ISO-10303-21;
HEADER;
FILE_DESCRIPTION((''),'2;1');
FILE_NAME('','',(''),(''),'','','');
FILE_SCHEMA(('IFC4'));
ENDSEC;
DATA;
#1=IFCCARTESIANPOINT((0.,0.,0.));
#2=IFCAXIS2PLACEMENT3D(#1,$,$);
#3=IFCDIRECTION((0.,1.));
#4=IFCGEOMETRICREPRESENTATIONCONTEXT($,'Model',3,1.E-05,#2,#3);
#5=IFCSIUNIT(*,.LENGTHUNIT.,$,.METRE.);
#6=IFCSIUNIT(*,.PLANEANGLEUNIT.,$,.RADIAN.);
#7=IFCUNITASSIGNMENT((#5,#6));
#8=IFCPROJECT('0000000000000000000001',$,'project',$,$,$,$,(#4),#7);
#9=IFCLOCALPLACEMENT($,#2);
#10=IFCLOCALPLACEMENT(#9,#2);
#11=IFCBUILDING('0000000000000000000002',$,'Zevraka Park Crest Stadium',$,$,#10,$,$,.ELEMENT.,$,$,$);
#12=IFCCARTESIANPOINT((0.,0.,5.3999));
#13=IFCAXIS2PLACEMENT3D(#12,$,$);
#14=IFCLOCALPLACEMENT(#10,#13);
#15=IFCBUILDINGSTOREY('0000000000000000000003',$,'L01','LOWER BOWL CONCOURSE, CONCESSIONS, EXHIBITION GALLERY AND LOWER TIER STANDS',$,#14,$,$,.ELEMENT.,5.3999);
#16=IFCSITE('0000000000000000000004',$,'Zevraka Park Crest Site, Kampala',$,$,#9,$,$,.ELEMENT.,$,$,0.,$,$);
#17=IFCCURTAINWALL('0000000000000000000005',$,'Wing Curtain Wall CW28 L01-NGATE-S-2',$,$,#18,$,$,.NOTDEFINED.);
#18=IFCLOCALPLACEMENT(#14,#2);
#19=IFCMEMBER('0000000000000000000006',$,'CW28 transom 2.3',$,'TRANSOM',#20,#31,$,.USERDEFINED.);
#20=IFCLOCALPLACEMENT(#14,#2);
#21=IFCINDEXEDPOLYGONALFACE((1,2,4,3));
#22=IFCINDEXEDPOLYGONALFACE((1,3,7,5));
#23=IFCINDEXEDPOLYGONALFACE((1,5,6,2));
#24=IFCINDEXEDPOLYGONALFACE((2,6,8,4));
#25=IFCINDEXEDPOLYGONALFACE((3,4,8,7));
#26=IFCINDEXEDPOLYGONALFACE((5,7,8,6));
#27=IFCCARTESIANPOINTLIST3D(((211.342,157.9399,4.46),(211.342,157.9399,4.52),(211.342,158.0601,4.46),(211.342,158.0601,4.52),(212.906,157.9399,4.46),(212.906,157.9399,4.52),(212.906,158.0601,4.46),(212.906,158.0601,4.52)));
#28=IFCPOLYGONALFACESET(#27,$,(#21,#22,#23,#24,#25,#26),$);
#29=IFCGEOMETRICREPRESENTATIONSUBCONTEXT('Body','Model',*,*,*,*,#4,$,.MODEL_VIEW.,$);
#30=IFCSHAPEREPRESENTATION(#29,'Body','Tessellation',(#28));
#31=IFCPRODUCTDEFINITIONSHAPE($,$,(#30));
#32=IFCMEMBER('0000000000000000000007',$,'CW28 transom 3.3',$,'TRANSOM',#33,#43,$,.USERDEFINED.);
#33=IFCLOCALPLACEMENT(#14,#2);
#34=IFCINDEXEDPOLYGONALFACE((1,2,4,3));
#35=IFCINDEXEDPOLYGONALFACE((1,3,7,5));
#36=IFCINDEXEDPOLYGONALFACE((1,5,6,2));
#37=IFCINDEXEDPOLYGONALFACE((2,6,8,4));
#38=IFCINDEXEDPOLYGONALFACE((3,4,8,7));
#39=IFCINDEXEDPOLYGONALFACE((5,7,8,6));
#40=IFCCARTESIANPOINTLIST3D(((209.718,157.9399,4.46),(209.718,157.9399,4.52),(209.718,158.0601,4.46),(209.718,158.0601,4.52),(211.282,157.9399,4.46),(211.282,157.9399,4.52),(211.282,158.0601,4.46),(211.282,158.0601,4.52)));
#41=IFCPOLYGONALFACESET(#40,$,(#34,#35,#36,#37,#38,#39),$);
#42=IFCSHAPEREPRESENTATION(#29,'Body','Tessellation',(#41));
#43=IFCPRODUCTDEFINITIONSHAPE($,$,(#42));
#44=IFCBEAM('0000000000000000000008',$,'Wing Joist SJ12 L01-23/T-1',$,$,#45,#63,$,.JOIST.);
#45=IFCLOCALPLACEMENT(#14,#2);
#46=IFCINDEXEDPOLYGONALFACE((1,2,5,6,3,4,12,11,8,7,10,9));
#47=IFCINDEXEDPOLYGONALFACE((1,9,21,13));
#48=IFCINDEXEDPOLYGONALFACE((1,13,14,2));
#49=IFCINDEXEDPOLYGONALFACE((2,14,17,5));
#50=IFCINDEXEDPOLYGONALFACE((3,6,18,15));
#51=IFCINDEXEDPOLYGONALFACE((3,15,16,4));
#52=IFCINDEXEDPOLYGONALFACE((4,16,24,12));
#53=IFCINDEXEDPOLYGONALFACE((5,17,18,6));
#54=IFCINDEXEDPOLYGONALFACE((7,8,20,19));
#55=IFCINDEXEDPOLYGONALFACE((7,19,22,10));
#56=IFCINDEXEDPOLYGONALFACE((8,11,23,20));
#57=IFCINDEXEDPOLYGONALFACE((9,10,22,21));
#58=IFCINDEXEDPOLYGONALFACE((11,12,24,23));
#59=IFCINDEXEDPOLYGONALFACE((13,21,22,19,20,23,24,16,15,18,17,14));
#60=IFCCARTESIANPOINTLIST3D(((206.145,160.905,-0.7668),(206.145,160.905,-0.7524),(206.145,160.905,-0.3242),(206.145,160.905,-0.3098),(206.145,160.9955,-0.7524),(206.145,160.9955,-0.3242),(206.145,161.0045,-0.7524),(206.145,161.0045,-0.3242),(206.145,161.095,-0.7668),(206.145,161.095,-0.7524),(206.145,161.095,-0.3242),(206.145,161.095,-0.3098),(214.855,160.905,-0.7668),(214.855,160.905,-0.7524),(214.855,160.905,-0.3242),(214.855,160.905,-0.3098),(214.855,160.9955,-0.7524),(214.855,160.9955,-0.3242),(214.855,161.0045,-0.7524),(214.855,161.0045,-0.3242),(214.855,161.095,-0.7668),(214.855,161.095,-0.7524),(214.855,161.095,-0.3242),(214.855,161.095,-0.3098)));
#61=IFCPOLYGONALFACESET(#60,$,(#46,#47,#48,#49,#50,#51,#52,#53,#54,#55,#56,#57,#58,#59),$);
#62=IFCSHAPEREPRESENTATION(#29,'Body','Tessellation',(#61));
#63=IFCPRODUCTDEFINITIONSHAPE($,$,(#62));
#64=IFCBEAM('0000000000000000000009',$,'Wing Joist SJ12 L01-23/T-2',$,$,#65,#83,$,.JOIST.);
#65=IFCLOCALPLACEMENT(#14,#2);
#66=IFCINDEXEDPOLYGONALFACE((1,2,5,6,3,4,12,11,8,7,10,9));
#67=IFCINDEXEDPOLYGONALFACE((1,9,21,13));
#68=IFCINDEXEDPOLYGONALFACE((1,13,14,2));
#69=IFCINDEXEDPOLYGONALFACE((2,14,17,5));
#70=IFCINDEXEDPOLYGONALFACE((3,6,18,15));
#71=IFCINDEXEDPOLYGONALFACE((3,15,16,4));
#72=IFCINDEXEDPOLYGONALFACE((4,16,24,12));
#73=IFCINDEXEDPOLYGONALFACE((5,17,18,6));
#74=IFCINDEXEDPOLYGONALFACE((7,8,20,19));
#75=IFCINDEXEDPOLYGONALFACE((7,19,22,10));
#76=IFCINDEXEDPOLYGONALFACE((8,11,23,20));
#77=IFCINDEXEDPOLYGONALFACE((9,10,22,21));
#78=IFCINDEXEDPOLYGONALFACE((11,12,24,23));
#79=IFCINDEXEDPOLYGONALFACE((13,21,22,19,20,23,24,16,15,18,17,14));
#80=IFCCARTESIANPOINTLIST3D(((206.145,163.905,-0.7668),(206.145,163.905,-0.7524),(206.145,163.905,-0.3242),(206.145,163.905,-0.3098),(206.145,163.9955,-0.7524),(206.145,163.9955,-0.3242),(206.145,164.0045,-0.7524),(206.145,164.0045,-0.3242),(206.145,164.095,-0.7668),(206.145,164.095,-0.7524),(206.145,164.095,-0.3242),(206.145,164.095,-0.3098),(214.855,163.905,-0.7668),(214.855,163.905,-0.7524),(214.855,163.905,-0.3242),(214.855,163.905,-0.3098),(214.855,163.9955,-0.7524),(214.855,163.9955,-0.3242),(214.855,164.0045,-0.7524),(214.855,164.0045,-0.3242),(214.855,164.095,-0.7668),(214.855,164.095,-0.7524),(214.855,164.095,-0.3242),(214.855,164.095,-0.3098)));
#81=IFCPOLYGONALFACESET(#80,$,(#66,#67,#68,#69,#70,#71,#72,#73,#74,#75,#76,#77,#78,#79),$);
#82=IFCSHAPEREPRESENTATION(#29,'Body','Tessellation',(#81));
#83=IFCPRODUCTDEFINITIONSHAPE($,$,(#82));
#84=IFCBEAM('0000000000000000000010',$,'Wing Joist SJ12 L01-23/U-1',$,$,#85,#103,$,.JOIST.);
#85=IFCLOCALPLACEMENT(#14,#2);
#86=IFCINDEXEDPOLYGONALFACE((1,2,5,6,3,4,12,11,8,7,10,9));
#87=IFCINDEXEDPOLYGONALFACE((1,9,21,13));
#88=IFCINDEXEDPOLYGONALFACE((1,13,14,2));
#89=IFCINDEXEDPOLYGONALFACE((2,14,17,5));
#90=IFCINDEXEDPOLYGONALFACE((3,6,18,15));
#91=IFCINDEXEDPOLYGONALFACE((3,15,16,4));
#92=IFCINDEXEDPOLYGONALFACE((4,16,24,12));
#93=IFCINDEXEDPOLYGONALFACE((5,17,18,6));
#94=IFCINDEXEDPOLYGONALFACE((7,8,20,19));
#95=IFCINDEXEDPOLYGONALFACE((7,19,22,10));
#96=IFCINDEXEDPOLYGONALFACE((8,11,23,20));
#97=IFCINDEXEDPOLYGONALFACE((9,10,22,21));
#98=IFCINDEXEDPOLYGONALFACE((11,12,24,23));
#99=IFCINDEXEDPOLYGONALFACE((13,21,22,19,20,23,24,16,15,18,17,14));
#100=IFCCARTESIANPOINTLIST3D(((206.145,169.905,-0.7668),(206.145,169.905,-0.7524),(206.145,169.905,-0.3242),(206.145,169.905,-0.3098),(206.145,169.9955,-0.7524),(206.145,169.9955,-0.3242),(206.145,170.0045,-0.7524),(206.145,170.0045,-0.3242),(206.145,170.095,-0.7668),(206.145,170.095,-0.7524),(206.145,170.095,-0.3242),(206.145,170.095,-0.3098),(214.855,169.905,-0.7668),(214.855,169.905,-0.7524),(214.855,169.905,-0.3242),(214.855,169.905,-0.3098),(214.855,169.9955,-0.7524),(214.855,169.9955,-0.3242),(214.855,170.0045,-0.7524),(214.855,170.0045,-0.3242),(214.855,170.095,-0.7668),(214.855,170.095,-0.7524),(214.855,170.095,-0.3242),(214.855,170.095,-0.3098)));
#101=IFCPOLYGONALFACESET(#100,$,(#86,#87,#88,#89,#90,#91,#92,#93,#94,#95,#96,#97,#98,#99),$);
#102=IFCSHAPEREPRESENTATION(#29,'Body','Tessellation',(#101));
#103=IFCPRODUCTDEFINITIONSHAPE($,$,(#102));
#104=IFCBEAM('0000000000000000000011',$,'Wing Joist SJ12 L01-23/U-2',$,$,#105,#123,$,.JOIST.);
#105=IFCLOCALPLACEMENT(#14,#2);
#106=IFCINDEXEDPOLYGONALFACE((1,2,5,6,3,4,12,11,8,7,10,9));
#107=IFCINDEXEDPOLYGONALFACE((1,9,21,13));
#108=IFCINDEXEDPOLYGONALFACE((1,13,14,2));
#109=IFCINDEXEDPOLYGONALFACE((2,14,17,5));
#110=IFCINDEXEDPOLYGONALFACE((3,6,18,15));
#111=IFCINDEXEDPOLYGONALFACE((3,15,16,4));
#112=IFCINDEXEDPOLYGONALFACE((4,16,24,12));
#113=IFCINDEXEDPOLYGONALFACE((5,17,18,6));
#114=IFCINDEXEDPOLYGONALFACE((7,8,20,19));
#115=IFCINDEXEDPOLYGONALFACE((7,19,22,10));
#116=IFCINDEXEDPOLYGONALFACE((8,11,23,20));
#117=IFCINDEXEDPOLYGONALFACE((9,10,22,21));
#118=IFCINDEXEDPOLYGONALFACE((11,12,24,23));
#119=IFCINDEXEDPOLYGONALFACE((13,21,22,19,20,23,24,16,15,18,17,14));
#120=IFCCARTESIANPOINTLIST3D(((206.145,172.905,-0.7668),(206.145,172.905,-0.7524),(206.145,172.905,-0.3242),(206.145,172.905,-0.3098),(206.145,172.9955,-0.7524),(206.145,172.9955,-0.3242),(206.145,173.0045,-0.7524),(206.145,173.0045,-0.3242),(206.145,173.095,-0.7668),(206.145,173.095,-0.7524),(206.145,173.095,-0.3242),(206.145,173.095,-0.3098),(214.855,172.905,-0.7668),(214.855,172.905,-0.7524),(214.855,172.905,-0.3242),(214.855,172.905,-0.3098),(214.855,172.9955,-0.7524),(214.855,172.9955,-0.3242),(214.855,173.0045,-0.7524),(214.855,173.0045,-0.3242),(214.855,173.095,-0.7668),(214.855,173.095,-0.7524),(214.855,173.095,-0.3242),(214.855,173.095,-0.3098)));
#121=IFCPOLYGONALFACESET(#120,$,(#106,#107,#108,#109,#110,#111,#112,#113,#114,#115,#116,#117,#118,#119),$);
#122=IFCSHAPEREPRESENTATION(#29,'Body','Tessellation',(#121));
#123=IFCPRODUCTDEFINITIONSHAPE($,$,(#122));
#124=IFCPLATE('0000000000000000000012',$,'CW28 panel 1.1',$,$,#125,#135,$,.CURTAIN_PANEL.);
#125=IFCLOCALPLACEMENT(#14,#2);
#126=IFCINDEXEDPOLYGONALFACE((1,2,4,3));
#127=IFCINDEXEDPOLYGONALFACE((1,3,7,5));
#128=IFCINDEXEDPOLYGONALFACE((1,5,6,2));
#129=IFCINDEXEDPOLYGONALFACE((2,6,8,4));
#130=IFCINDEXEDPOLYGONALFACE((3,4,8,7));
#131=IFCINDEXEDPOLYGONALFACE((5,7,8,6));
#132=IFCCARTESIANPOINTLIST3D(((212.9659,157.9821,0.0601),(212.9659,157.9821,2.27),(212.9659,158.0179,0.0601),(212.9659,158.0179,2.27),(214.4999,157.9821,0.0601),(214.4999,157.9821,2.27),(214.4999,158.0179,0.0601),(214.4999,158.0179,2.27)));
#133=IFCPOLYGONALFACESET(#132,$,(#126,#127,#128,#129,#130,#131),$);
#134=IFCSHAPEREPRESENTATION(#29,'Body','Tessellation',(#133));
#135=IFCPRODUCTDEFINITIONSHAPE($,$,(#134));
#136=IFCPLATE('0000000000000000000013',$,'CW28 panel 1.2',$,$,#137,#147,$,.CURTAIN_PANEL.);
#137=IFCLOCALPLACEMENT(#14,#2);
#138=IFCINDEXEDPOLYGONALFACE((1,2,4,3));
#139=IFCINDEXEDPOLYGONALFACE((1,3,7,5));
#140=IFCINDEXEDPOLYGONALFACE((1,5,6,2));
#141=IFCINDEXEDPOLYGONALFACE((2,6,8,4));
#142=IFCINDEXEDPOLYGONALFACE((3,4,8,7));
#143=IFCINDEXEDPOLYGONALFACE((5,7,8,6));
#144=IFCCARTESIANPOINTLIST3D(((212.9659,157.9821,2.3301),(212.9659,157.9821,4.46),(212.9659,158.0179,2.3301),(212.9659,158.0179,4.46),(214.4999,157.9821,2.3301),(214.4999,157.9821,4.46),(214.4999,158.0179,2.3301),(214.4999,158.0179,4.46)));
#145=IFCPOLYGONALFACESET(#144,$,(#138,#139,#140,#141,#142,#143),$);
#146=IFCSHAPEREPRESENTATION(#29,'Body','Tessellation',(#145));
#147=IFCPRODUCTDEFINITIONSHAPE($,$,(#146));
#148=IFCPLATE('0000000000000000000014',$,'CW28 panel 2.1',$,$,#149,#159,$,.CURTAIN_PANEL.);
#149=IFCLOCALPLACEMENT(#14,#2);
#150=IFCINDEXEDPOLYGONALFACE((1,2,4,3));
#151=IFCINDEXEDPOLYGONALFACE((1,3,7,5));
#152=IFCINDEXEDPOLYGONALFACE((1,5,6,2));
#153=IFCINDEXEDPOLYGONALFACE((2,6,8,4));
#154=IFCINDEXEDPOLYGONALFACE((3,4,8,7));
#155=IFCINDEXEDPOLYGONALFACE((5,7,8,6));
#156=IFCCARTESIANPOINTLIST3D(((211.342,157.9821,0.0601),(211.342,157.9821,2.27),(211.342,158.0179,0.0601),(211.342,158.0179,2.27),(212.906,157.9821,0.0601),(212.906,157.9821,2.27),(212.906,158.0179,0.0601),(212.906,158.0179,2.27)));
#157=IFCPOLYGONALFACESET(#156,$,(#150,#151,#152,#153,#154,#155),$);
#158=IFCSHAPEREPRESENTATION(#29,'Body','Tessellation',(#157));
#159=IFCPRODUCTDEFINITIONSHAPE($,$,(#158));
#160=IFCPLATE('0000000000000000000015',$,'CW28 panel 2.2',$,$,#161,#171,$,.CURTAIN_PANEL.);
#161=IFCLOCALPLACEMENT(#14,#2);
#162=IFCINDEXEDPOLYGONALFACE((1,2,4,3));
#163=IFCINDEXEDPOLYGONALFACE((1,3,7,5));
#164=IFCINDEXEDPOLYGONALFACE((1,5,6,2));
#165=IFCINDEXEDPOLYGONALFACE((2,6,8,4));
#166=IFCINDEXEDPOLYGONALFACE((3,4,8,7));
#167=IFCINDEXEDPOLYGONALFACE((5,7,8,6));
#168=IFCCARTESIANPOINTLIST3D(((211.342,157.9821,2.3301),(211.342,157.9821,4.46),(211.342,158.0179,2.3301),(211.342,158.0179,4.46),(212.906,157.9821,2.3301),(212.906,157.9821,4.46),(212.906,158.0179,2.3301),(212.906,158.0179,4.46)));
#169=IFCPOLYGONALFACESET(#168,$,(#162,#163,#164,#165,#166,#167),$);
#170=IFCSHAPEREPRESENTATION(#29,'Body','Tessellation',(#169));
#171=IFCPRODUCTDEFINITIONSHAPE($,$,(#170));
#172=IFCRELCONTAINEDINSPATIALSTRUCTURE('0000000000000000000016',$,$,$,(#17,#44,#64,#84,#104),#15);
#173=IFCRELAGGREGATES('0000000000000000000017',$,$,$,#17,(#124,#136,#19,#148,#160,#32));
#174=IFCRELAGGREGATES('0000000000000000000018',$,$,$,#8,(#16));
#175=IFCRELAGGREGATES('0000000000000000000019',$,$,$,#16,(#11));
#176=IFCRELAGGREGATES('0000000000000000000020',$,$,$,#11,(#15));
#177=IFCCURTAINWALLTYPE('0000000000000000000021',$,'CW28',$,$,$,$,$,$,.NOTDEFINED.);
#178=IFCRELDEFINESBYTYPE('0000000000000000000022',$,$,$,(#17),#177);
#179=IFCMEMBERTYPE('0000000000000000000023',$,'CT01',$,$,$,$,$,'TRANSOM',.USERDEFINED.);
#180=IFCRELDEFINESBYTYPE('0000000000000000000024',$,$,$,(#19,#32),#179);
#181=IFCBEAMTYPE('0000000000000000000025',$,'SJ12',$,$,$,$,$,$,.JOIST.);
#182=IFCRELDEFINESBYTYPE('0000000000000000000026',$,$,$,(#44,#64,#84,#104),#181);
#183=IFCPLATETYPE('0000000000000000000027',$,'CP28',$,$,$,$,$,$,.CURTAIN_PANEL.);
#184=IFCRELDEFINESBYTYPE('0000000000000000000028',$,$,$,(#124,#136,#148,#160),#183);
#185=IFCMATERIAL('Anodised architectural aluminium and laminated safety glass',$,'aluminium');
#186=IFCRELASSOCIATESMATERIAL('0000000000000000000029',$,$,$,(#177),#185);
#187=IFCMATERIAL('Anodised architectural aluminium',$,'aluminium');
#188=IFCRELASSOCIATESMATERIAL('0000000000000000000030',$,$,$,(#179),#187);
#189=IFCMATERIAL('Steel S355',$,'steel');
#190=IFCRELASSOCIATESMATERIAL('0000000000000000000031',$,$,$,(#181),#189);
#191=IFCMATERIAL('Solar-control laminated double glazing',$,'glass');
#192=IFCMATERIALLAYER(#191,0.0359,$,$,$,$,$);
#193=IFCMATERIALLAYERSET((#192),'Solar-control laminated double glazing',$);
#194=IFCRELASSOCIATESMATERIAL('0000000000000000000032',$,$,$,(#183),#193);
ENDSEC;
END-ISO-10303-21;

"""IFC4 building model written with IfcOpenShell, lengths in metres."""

from ifc_helpers import new_model, si_unit, direction, frame, origin, origin_2d, place, context, subcontext, project, spatial, rectangle, i_section, extrude, material, layer, layer_set, material_profile, profile_set, type_object, element, aggregate, save


model = new_model("IFC4")

# Units and contexts
model_context = context("Model", 3, precision=1e-05, world=origin(), true_north=direction((0.0, 1.0)))
body_context = subcontext(model_context, "Body", "Model", "MODEL_VIEW")
ifc_project = project(units=[si_unit("LENGTHUNIT", "METRE"), si_unit("PLANEANGLEUNIT", "RADIAN")], contexts=[model_context])

# Site, building, storey
site_placement = place(None, origin())
site = spatial("IfcSite", under=ifc_project, at=site_placement, Name="Zevraka Park Crest Site, Kampala", CompositionType="ELEMENT", RefElevation=0.0)
building_placement = place(site_placement, origin())
building = spatial("IfcBuilding", under=site, at=building_placement, Name="Zevraka Park Crest Stadium", CompositionType="ELEMENT")
storey_placement = place(building_placement, frame((0.0, 0.0, 5.3999)))
storey = spatial("IfcBuildingStorey", under=building, at=storey_placement, Name="L01", Description="LOWER BOWL CONCOURSE, CONCESSIONS, EXHIBITION GALLERY AND LOWER TIER STANDS", CompositionType="ELEMENT", Elevation=5.3999)

# Curtain wall, members
ifc_material_1 = material(Name="Anodised architectural aluminium and laminated safety glass", Category="aluminium")
curtain_wall_type = type_object("IfcCurtainWallType", Name="CW28", PredefinedType="NOTDEFINED", material=ifc_material_1)
curtain_wall_placement = place(storey_placement, origin())
curtain_wall = element("IfcCurtainWall", 1, at=curtain_wall_placement, inside=storey, type_object=curtain_wall_type, Name="Wing Curtain Wall CW28 L01-NGATE-S-2", PredefinedType="NOTDEFINED")
ifc_material_2 = material(Name="Anodised architectural aluminium", Category="aluminium")
ifc_material_profile_1 = material_profile(ifc_material_2, rectangle(XDim=0.1201, YDim=0.0601, at=origin_2d()), Name="ALU TRANSOM 120x60")
ifc_profile_set_1 = profile_set([ifc_material_profile_1], Name="Anodised architectural aluminium")
member_type_1 = type_object("IfcMemberType", Name="CT01", ElementType="TRANSOM", PredefinedType="USERDEFINED", material=ifc_profile_set_1)
member_1_placement = place(storey_placement, frame((212.906, 158.0, 4.49), z_axis=(-1.0, 0.0, 0.0), x_axis=(0.0, -1.0, 0.0)))
member_1 = element("IfcMember", 2, at=member_1_placement, type_object=member_type_1, Name="CW28 transom 2.3", ObjectType="TRANSOM", PredefinedType="USERDEFINED", context=body_context, shape_type="SweptSolid", body=[
    extrude(rectangle(XDim=0.1201, YDim=0.0601, at=origin_2d()), origin(), (0.0, 0.0, 1.0), 1.564),
])
member_2_placement = place(storey_placement, frame((211.282, 158.0, 4.49), z_axis=(-1.0, 0.0, 0.0), x_axis=(0.0, -1.0, 0.0)))
member_2 = element("IfcMember", 3, at=member_2_placement, type_object=member_type_1, Name="CW28 transom 3.3", ObjectType="TRANSOM", PredefinedType="USERDEFINED", context=body_context, shape_type="SweptSolid", body=[
    extrude(rectangle(XDim=0.1201, YDim=0.0601, at=origin_2d()), origin(), (0.0, 0.0, 1.0), 1.564),
])

# Beams
ifc_material_3 = material(Name="Steel S355", Category="steel")
ifc_material_profile_2 = material_profile(ifc_material_3, i_section(OverallWidth=0.1899, OverallDepth=0.457, WebThickness=0.009, FlangeThickness=0.0144, at=origin_2d()), Name="UKB 457x191x74")
ifc_profile_set_2 = profile_set([ifc_material_profile_2], Name="Steel S355")
beam_type_1 = type_object("IfcBeamType", Name="SJ12", PredefinedType="JOIST", material=ifc_profile_set_2)
for number, where, z_axis, x_axis, name in (
    (4, (206.145, 161.0, -0.5383), (1.0, 0.0, 0.0), (0.0, 1.0, 0.0), "Wing Joist SJ12 L01-23/T-1"),
    (5, (206.145, 164.0, -0.5383), (1.0, 0.0, 0.0), (0.0, 1.0, 0.0), "Wing Joist SJ12 L01-23/T-2"),
    (6, (206.145, 170.0, -0.5383), (1.0, 0.0, 0.0), (0.0, 1.0, 0.0), "Wing Joist SJ12 L01-23/U-1"),
    (7, (206.145, 173.0, -0.5383), (1.0, 0.0, 0.0), (0.0, 1.0, 0.0), "Wing Joist SJ12 L01-23/U-2"),
):
    element("IfcBeam", number, at=place(storey_placement, frame(where, z_axis=z_axis, x_axis=x_axis)), inside=storey, type_object=beam_type_1, Name=name, PredefinedType="JOIST", context=body_context, shape_type="SweptSolid", body=[
        extrude(i_section(OverallWidth=0.1899, OverallDepth=0.457, WebThickness=0.009, FlangeThickness=0.0144, at=origin_2d()), origin(), (0.0, 0.0, 1.0), 8.71),
    ])

# Plates
ifc_material_4 = material(Name="Solar-control laminated double glazing", Category="glass")
ifc_layer = layer(ifc_material_4, 0.0359)
ifc_layer_set = layer_set([ifc_layer], Name="Solar-control laminated double glazing")
plate_type = type_object("IfcPlateType", Name="CP28", PredefinedType="CURTAIN_PANEL", material=ifc_layer_set)
plate_1_placement = place(storey_placement, frame((213.7329, 158.0, 0.0601), z_axis=(0.0, 0.0, 1.0), x_axis=(-1.0, 0.0, 0.0)))
plate_1 = element("IfcPlate", 8, at=plate_1_placement, type_object=plate_type, Name="CW28 panel 1.1", PredefinedType="CURTAIN_PANEL", context=body_context, shape_type="SweptSolid", body=[
    extrude(rectangle(XDim=1.5339, YDim=0.0359, at=origin_2d()), origin(), (0.0, 0.0, 1.0), 2.21),
])
plate_2_placement = place(storey_placement, frame((213.7329, 158.0, 2.3301), z_axis=(0.0, 0.0, 1.0), x_axis=(-1.0, 0.0, 0.0)))
plate_2 = element("IfcPlate", 9, at=plate_2_placement, type_object=plate_type, Name="CW28 panel 1.2", PredefinedType="CURTAIN_PANEL", context=body_context, shape_type="SweptSolid", body=[
    extrude(rectangle(XDim=1.5339, YDim=0.0359, at=origin_2d()), origin(), (0.0, 0.0, 1.0), 2.1299),
])
plate_3_placement = place(storey_placement, frame((212.124, 158.0, 0.0601), z_axis=(0.0, 0.0, 1.0), x_axis=(-1.0, 0.0, 0.0)))
plate_3 = element("IfcPlate", 10, at=plate_3_placement, type_object=plate_type, Name="CW28 panel 2.1", PredefinedType="CURTAIN_PANEL", context=body_context, shape_type="SweptSolid", body=[
    extrude(rectangle(XDim=1.564, YDim=0.0359, at=origin_2d()), origin(), (0.0, 0.0, 1.0), 2.21),
])
plate_4_placement = place(storey_placement, frame((212.124, 158.0, 2.3301), z_axis=(0.0, 0.0, 1.0), x_axis=(-1.0, 0.0, 0.0)))
plate_4 = element("IfcPlate", 11, at=plate_4_placement, type_object=plate_type, Name="CW28 panel 2.2", PredefinedType="CURTAIN_PANEL", context=body_context, shape_type="SweptSolid", body=[
    extrude(rectangle(XDim=1.564, YDim=0.0359, at=origin_2d()), origin(), (0.0, 0.0, 1.0), 2.1299),
])
aggregate(curtain_wall, [plate_1, plate_2, member_1, plate_3, plate_4, member_2])

save(model, "model.ifc")
